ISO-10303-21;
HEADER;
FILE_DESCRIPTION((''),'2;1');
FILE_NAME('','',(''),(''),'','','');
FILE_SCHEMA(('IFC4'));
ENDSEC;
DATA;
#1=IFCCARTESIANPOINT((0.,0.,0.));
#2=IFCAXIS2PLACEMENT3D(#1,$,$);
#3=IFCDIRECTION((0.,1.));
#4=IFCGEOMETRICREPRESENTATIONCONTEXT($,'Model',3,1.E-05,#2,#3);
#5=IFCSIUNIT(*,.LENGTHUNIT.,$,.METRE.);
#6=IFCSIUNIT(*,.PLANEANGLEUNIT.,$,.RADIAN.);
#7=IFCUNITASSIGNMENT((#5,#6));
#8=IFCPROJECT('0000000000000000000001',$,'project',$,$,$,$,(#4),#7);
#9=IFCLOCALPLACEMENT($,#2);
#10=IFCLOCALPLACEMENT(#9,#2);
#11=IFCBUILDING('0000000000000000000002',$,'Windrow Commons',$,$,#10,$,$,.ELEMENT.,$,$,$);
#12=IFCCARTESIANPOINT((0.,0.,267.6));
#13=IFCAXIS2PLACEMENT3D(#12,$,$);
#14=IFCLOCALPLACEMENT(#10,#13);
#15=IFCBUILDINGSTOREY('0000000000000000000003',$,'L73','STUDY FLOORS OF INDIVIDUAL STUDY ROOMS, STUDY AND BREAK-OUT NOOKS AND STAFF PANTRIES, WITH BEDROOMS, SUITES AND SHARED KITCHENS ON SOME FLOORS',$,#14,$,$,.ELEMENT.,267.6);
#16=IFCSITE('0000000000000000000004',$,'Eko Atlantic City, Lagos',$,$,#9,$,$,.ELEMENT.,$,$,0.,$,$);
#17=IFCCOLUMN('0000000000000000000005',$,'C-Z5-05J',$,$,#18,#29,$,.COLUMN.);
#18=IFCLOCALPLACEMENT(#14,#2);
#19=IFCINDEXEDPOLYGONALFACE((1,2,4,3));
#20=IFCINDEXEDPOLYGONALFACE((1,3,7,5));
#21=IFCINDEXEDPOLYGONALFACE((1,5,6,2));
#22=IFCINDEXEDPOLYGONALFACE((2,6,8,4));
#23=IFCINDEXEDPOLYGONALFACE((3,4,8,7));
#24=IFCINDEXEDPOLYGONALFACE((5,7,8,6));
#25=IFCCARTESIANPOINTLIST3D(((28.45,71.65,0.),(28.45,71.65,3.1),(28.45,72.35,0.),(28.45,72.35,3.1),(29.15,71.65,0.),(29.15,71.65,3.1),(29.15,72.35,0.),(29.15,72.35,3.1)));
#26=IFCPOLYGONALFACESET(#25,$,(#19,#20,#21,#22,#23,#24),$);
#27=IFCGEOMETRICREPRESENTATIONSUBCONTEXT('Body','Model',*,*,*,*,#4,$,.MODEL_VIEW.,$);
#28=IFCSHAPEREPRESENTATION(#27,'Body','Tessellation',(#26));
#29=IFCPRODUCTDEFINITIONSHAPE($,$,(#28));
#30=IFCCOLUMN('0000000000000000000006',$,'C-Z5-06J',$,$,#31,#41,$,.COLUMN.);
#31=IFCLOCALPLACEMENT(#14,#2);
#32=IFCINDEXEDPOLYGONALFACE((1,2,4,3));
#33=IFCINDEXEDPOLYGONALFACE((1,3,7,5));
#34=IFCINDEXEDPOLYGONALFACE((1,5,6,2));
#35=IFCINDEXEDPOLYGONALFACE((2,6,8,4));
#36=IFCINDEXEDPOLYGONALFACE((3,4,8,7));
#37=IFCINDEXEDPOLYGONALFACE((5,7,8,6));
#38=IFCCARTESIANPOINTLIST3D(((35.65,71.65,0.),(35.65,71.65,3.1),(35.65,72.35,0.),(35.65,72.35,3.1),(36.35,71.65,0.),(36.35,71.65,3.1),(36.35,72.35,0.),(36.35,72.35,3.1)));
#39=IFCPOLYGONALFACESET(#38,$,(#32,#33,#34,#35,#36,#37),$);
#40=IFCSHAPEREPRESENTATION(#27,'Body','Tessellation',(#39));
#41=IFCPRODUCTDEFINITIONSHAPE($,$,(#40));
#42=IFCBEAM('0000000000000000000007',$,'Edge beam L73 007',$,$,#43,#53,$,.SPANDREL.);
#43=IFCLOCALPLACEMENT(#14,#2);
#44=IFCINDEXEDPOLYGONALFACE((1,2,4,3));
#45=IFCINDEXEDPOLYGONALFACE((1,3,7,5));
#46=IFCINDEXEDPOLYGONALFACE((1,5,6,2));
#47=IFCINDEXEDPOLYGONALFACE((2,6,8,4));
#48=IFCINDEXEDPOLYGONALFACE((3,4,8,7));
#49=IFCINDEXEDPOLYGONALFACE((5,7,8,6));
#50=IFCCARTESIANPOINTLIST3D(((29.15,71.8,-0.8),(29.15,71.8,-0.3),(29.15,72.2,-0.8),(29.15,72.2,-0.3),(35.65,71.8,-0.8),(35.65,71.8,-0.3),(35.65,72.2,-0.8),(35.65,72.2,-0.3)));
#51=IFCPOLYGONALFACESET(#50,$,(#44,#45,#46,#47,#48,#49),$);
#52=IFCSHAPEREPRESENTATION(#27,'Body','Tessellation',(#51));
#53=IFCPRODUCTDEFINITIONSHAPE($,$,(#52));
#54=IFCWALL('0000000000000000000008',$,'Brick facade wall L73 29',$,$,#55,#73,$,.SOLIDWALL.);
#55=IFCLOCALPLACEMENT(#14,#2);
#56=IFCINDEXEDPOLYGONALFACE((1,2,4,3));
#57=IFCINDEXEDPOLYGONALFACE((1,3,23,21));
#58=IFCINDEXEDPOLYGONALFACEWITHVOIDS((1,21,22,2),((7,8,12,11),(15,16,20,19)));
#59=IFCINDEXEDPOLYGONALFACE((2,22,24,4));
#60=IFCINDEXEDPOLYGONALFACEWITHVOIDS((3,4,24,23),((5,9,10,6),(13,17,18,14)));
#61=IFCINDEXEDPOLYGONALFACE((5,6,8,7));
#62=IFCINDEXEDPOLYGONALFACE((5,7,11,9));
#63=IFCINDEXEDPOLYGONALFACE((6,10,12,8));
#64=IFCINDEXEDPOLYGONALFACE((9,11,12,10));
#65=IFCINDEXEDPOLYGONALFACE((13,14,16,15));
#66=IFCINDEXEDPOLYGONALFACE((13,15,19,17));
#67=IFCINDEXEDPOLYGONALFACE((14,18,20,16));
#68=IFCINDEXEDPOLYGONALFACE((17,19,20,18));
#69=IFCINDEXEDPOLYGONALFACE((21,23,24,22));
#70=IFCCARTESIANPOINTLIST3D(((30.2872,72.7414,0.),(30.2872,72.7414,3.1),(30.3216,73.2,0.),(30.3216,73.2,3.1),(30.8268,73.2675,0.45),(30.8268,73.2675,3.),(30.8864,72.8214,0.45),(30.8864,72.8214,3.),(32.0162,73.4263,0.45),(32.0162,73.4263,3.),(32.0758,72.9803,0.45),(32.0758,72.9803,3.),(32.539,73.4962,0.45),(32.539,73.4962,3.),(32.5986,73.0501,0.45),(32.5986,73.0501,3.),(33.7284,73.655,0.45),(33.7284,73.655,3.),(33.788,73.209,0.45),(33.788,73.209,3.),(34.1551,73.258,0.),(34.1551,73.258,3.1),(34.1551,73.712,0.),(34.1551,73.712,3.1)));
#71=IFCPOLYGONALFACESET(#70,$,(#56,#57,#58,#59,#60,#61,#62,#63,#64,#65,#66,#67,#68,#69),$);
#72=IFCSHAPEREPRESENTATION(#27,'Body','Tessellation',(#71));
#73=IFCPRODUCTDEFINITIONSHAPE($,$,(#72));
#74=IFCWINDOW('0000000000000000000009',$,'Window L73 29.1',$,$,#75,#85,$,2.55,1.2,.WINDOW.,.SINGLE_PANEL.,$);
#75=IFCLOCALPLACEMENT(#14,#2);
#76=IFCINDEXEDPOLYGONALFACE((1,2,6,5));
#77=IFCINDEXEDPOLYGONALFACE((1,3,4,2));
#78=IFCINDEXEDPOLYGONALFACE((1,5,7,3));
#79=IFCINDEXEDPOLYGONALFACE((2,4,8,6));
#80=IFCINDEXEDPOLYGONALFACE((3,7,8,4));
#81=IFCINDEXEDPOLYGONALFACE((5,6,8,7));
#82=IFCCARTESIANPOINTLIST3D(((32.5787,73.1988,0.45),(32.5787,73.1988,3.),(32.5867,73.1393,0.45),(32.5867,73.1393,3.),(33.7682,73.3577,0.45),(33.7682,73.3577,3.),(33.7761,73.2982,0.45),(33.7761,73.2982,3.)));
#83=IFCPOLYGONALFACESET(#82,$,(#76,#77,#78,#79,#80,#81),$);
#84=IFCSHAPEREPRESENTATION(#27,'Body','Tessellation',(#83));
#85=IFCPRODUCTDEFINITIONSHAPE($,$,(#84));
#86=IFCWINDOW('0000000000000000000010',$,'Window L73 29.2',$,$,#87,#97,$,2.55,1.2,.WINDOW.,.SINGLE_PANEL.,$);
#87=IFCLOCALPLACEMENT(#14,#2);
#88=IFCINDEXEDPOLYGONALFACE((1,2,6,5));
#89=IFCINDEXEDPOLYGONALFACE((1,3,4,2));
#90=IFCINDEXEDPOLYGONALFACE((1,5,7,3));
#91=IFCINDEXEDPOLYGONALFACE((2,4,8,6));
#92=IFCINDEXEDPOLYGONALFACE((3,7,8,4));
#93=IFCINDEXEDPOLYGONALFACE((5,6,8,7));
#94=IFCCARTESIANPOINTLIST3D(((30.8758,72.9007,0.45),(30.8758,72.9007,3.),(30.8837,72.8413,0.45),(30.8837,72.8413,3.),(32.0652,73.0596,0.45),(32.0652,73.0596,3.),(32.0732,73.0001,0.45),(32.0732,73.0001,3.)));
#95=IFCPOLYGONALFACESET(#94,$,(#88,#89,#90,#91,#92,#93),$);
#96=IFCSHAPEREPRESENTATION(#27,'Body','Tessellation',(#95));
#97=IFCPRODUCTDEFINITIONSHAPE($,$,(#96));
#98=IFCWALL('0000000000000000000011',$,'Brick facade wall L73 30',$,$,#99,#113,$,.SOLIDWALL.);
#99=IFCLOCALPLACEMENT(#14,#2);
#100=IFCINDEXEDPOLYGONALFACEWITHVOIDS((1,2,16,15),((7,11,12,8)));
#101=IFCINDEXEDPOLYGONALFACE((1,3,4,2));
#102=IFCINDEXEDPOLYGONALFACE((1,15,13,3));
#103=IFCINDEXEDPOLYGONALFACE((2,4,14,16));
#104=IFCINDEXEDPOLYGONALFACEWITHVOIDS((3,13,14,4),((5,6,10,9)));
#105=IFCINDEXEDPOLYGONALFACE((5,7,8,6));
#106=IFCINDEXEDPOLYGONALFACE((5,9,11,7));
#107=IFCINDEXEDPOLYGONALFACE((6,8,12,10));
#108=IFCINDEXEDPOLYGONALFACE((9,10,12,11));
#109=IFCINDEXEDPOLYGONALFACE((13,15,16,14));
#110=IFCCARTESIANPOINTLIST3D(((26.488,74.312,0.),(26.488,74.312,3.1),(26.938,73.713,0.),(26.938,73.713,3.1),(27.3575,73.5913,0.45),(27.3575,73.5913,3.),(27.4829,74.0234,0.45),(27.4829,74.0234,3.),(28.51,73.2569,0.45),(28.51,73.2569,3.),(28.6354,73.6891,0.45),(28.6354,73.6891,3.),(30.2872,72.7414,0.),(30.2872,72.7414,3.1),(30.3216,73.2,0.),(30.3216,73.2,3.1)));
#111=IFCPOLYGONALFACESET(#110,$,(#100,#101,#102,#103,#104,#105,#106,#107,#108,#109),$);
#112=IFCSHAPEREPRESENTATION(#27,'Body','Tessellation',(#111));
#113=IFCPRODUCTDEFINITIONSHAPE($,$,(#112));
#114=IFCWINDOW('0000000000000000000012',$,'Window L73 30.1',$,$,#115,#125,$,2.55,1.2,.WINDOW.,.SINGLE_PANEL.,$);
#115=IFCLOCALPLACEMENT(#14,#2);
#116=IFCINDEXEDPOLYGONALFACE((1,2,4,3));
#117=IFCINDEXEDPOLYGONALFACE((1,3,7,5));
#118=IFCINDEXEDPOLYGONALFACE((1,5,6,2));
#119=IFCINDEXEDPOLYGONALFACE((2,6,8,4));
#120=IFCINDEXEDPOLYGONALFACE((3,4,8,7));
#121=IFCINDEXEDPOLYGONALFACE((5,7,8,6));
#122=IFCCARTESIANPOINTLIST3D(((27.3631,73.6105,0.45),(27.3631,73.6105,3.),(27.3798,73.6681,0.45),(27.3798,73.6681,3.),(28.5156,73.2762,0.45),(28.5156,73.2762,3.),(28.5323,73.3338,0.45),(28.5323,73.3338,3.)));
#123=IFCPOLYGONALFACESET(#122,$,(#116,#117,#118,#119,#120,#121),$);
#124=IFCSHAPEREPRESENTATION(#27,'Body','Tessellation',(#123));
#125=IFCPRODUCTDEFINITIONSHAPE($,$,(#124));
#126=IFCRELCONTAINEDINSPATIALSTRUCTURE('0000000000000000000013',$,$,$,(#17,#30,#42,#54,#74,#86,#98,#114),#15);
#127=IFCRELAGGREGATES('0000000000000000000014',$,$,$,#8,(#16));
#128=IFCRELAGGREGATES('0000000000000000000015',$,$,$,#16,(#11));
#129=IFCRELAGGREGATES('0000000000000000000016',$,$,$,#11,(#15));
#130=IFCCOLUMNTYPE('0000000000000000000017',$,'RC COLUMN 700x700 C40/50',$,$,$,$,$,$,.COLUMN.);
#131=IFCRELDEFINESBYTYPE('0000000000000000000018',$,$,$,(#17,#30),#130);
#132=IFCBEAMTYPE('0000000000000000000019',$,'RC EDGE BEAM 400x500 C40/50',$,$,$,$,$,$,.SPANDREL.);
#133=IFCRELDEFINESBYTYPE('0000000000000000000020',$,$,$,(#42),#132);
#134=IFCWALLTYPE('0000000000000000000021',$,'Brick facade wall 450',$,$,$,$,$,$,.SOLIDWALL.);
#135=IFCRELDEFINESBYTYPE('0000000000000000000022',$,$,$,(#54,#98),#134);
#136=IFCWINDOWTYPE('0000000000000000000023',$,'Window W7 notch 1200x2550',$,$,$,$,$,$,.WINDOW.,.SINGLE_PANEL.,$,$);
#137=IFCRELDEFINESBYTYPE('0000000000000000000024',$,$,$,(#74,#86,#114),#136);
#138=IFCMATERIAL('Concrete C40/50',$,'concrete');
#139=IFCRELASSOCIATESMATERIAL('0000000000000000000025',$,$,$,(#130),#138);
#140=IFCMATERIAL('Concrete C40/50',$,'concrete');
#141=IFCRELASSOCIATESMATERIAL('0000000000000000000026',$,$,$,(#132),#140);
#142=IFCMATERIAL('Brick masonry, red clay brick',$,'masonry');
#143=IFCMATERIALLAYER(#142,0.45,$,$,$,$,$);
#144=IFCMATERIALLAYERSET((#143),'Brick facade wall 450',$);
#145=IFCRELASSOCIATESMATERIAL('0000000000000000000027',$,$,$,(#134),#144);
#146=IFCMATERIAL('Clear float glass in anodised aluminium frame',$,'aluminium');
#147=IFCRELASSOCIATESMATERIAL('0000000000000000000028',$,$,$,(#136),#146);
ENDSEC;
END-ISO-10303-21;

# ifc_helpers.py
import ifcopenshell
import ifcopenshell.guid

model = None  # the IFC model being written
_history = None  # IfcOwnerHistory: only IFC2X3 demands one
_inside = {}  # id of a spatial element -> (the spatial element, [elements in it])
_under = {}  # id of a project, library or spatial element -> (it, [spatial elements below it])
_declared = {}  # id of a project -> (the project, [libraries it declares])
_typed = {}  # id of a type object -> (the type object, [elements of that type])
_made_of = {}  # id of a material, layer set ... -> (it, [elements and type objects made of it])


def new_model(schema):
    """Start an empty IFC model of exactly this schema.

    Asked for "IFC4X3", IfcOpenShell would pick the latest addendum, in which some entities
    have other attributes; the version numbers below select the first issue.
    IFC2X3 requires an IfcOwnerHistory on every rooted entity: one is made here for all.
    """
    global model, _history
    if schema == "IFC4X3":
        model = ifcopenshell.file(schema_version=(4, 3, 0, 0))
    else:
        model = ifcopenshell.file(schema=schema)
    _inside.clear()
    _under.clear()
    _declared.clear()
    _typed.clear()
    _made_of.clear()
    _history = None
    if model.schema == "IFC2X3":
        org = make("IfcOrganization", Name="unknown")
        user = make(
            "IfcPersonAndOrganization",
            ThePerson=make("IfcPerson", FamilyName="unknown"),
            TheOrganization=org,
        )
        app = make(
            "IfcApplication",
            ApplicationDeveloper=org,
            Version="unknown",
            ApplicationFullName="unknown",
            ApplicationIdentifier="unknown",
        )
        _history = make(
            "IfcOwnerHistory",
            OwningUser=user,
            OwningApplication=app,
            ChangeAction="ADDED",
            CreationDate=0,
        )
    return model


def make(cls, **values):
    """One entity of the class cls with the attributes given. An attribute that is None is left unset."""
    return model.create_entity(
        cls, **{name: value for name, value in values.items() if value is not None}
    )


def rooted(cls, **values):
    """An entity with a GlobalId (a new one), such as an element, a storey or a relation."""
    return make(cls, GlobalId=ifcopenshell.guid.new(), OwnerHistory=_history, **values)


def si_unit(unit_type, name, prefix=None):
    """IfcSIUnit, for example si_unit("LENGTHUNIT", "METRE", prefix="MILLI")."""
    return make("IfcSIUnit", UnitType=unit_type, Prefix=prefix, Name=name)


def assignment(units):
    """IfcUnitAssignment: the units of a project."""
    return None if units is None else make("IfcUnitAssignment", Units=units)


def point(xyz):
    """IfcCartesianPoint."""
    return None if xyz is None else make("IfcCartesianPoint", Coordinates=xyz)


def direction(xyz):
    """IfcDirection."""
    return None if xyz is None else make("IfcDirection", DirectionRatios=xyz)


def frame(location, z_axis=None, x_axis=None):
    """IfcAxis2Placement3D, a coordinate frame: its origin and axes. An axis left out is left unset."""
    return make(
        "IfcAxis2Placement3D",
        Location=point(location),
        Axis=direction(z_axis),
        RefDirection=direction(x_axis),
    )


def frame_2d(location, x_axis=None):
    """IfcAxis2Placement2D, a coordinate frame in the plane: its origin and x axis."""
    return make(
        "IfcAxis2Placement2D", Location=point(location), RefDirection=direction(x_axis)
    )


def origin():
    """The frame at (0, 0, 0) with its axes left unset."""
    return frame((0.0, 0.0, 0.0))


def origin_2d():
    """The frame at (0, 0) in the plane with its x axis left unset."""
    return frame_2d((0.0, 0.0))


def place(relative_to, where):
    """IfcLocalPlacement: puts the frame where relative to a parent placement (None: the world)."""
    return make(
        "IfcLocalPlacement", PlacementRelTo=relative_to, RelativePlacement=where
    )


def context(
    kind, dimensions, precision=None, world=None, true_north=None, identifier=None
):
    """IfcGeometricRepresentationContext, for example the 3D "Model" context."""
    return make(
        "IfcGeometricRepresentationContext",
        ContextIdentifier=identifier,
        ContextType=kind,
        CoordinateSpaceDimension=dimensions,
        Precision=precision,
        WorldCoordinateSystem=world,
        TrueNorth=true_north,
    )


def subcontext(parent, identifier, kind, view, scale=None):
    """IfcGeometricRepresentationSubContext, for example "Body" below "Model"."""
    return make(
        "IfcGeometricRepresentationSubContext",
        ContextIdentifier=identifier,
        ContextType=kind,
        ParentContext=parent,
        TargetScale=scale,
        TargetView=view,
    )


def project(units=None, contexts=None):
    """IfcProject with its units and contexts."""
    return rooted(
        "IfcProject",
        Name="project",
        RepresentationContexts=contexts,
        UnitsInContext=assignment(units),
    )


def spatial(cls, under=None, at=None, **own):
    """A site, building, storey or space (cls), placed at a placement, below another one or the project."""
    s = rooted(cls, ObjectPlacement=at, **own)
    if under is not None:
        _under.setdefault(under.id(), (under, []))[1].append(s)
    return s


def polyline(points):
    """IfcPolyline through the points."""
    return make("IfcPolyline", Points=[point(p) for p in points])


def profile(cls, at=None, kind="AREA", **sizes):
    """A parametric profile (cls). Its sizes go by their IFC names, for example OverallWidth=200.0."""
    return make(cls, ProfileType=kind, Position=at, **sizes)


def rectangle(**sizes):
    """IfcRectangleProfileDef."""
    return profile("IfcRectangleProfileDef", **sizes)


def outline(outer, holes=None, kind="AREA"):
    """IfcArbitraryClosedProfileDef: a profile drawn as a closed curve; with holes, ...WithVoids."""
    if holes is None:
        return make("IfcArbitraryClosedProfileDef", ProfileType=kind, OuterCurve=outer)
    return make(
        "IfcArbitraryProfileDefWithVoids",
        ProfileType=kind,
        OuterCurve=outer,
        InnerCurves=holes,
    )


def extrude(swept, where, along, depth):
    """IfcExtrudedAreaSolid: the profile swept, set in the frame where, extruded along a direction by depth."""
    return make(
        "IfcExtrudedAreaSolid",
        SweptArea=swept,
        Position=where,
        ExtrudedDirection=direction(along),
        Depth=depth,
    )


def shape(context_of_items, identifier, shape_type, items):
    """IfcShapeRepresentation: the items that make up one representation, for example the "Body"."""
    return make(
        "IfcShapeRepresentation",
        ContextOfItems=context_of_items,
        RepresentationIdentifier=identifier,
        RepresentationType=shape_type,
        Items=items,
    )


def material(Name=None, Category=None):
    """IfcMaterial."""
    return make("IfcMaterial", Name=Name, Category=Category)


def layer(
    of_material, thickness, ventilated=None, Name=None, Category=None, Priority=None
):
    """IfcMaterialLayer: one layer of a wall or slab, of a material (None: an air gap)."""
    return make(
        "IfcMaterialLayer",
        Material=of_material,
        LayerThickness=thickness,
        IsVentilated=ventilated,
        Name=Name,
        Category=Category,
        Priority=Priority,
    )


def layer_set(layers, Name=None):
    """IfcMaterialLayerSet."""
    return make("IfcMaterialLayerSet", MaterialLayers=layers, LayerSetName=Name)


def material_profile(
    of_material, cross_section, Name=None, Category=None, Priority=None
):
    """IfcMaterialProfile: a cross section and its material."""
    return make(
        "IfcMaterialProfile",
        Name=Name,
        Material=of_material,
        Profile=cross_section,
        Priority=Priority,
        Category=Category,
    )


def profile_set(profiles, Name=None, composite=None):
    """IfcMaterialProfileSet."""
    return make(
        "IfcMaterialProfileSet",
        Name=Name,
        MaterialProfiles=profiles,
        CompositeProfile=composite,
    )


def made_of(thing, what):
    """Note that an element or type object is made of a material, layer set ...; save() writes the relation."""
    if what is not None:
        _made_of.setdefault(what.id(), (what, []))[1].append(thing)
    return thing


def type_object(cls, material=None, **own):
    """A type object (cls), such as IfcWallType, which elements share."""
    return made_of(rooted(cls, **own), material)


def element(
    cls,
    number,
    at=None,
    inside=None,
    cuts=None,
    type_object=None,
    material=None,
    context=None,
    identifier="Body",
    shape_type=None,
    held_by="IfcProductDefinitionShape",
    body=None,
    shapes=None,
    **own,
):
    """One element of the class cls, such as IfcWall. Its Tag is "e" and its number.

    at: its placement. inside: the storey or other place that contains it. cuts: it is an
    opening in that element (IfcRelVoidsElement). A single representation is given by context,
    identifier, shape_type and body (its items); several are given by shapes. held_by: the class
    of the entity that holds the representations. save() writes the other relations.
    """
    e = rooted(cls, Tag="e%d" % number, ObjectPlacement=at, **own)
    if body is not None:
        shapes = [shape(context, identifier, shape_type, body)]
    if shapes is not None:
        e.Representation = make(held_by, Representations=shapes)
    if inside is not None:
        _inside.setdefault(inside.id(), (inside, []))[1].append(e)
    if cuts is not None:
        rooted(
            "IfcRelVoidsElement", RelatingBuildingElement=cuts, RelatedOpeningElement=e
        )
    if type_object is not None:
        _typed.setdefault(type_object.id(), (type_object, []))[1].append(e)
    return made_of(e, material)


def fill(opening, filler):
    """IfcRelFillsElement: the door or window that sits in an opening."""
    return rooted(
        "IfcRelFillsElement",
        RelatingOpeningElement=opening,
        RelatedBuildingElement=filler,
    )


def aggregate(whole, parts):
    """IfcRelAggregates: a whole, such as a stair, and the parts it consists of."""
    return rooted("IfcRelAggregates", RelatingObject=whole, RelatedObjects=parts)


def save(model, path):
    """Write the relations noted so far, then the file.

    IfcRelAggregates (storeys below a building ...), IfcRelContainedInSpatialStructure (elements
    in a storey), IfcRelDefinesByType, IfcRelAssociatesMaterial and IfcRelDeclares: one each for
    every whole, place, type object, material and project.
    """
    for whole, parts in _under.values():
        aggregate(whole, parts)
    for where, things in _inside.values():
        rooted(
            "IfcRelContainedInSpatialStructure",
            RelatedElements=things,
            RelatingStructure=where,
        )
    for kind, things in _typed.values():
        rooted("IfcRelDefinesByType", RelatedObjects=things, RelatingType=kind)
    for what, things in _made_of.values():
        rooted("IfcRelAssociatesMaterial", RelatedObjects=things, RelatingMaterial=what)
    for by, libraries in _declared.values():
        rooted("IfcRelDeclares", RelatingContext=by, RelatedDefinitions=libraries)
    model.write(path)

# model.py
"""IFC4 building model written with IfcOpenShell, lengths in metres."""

from ifc_helpers import new_model, si_unit, direction, frame, frame_2d, origin, origin_2d, place, context, subcontext, project, spatial, polyline, rectangle, outline, extrude, material, layer, layer_set, material_profile, profile_set, type_object, element, fill, save


model = new_model("IFC4")

# Units and contexts
model_context = context("Model", 3, precision=1e-05, world=origin(), true_north=direction((0.0, 1.0)))
body_context = subcontext(model_context, "Body", "Model", "MODEL_VIEW")
ifc_project = project(units=[si_unit("LENGTHUNIT", "METRE"), si_unit("PLANEANGLEUNIT", "RADIAN")], contexts=[model_context])

# Site, building, storey
site_placement = place(None, origin())
site = spatial("IfcSite", under=ifc_project, at=site_placement, Name="Eko Atlantic City, Lagos", CompositionType="ELEMENT", RefElevation=0.0)
building_placement = place(site_placement, origin())
building = spatial("IfcBuilding", under=site, at=building_placement, Name="Windrow Commons", CompositionType="ELEMENT")
storey_placement = place(building_placement, frame((0.0, 0.0, 267.6)))
storey = spatial("IfcBuildingStorey", under=building, at=storey_placement, Name="L73", Description="STUDY FLOORS OF INDIVIDUAL STUDY ROOMS, STUDY AND BREAK-OUT NOOKS AND STAFF PANTRIES, WITH BEDROOMS, SUITES AND SHARED KITCHENS ON SOME FLOORS", CompositionType="ELEMENT", Elevation=267.6)

# Columns
ifc_material_1 = material(Name="Concrete C40/50", Category="concrete")
ifc_material_profile_1 = material_profile(ifc_material_1, rectangle(XDim=0.7, YDim=0.7, at=origin_2d()))
ifc_profile_set_1 = profile_set([ifc_material_profile_1], Name="Concrete C40/50")
column_type = type_object("IfcColumnType", Name="RC COLUMN 700x700 C40/50", PredefinedType="COLUMN", material=ifc_profile_set_1)
for number, where, z_axis, x_axis, name in (
    (1, (28.8, 72.0, 0.0), (0.0, 0.0, 1.0), (1.0, 0.0, 0.0), "C-Z5-05J"),
    (2, (36.0, 72.0, 0.0), (0.0, 0.0, 1.0), (1.0, 0.0, 0.0), "C-Z5-06J"),
):
    element("IfcColumn", number, at=place(storey_placement, frame(where, z_axis=z_axis, x_axis=x_axis)), inside=storey, type_object=column_type, Name=name, PredefinedType="COLUMN", context=body_context, shape_type="SweptSolid", body=[
        extrude(rectangle(XDim=0.7, YDim=0.7, at=origin_2d()), origin(), (0.0, 0.0, 1.0), 3.1),
    ])

# Beam
ifc_material_2 = material(Name="Concrete C40/50", Category="concrete")
ifc_material_profile_2 = material_profile(ifc_material_2, rectangle(XDim=0.4, YDim=0.5, at=origin_2d()))
ifc_profile_set_2 = profile_set([ifc_material_profile_2], Name="Concrete C40/50")
beam_type = type_object("IfcBeamType", Name="RC EDGE BEAM 400x500 C40/50", PredefinedType="SPANDREL", material=ifc_profile_set_2)
beam_placement = place(storey_placement, frame((29.15, 72.0, -0.55), z_axis=(1.0, 0.0, 0.0), x_axis=(0.0, 1.0, 0.0)))
element("IfcBeam", 3, at=beam_placement, inside=storey, type_object=beam_type, Name="Edge beam L73 007", PredefinedType="SPANDREL", context=body_context, shape_type="SweptSolid", body=[
    extrude(rectangle(XDim=0.4, YDim=0.5, at=origin_2d()), origin(), (0.0, 0.0, 1.0), 6.5),
])

# Wall, openings, windows
ifc_material_3 = material(Name="Brick masonry, red clay brick", Category="masonry")
ifc_layer_1 = layer(ifc_material_3, 0.45)
ifc_layer_set_1 = layer_set([ifc_layer_1], Name="Brick facade wall 450")
wall_type_1 = type_object("IfcWallType", Name="Brick facade wall 450", PredefinedType="SOLIDWALL", material=ifc_layer_set_1)
wall_1_placement = place(storey_placement, frame((34.1551, 73.485, 0.0), z_axis=(0.0, 0.0, 1.0), x_axis=(-0.991198, -0.132385, 0.0)))
wall_1 = element("IfcWall", 4, at=wall_1_placement, inside=storey, type_object=wall_type_1, Name="Brick facade wall L73 29", PredefinedType="SOLIDWALL", context=body_context, shape_type="SweptSolid", body=[
    extrude(outline(polyline([(-0.0301, -0.225), (3.8375, -0.225), (3.9323, 0.225), (0.0301, 0.225), (-0.0301, -0.225)])), origin(), (0.0, 0.0, 1.0), 3.1),
])
opening_1_placement = place(wall_1_placement, frame((0.4004, 0.0, 0.45)))
opening_1 = element("IfcOpeningElement", 5, at=opening_1_placement, cuts=wall_1, PredefinedType="OPENING", context=body_context, shape_type="SweptSolid", body=[
    extrude(rectangle(XDim=1.2, YDim=2.55, at=frame_2d((0.6, 1.275))), frame((0.0, 0.235, 0.0), z_axis=(0.0, -1.0, 0.0), x_axis=(1.0, 0.0, 0.0)), (0.0, 0.0, 1.0), 0.47),
])
opening_2_placement = place(wall_1_placement, frame((2.1278, 0.0, 0.45)))
opening_2 = element("IfcOpeningElement", 6, at=opening_2_placement, cuts=wall_1, PredefinedType="OPENING", context=body_context, shape_type="SweptSolid", body=[
    extrude(rectangle(XDim=1.2, YDim=2.55, at=frame_2d((0.6, 1.275))), frame((0.0, 0.235, 0.0), z_axis=(0.0, -1.0, 0.0), x_axis=(1.0, 0.0, 0.0)), (0.0, 0.0, 1.0), 0.47),
])
ifc_material_4 = material(Name="Clear float glass in anodised aluminium frame", Category="aluminium")
window_type_1 = type_object("IfcWindowType", Name="Window W7 notch 1200x2550", PartitioningType="SINGLE_PANEL", PredefinedType="WINDOW", material=ifc_material_4)
window_1_placement = place(opening_1_placement, origin())
window_1 = element("IfcWindow", 7, at=window_1_placement, inside=storey, type_object=window_type_1, Name="Window L73 29.1", OverallHeight=2.55, OverallWidth=1.2, PartitioningType="SINGLE_PANEL", PredefinedType="WINDOW", context=body_context, shape_type="SweptSolid", body=[
    extrude(rectangle(XDim=1.2, YDim=2.55, at=frame_2d((0.6, 1.275))), frame((0.0, 0.135, 0.0), z_axis=(0.0, -1.0, 0.0), x_axis=(1.0, 0.0, 0.0)), (0.0, 0.0, 1.0), 0.06),
])
fill(opening_1, window_1)
window_2_placement = place(opening_2_placement, origin())
window_2 = element("IfcWindow", 8, at=window_2_placement, inside=storey, type_object=window_type_1, Name="Window L73 29.2", OverallHeight=2.55, OverallWidth=1.2, PartitioningType="SINGLE_PANEL", PredefinedType="WINDOW", context=body_context, shape_type="SweptSolid", body=[
    extrude(rectangle(XDim=1.2, YDim=2.55, at=frame_2d((0.6, 1.275))), frame((0.0, 0.205, 0.0), z_axis=(0.0, -1.0, 0.0), x_axis=(1.0, 0.0, 0.0)), (0.0, 0.0, 1.0), 0.06),
])
fill(opening_2, window_2)

# Wall, opening, window
wall_2_placement = place(storey_placement, frame((30.3044, 72.9707, 0.0), z_axis=(0.0, 0.0, 1.0), x_axis=(-0.960408, 0.278597, 0.0)))
wall_2 = element("IfcWall", 9, at=wall_2_placement, inside=storey, type_object=wall_type_1, Name="Brick facade wall L73 30", PredefinedType="SOLIDWALL", context=body_context, shape_type="SweptSolid", body=[
    extrude(outline(polyline([(0.0474, -0.225), (4.039, -0.225), (3.4399, 0.225), (-0.0474, 0.225), (0.0474, -0.225)])), origin(), (0.0, 0.0, 1.0), 3.1),
])
opening_3_placement = place(wall_2_placement, frame((1.8031, 0.0, 0.45)))
opening_3 = element("IfcOpeningElement", 10, at=opening_3_placement, cuts=wall_2, PredefinedType="OPENING", context=body_context, shape_type="SweptSolid", body=[
    extrude(rectangle(XDim=1.2, YDim=2.55, at=frame_2d((0.6, 1.275))), frame((0.0, 0.235, 0.0), z_axis=(0.0, -1.0, 0.0), x_axis=(1.0, 0.0, 0.0)), (0.0, 0.0, 1.0), 0.47),
])
window_3_placement = place(opening_3_placement, origin())
window_3 = element("IfcWindow", 11, at=window_3_placement, inside=storey, type_object=window_type_1, Name="Window L73 30.1", OverallHeight=2.55, OverallWidth=1.2, PartitioningType="SINGLE_PANEL", PredefinedType="WINDOW", context=body_context, shape_type="SweptSolid", body=[
    extrude(rectangle(XDim=1.2, YDim=2.55, at=frame_2d((0.6, 1.275))), frame((0.0, 0.205, 0.0), z_axis=(0.0, -1.0, 0.0), x_axis=(1.0, 0.0, 0.0)), (0.0, 0.0, 1.0), 0.06),
])
fill(opening_3, window_3)

save(model, "model.ifc")
